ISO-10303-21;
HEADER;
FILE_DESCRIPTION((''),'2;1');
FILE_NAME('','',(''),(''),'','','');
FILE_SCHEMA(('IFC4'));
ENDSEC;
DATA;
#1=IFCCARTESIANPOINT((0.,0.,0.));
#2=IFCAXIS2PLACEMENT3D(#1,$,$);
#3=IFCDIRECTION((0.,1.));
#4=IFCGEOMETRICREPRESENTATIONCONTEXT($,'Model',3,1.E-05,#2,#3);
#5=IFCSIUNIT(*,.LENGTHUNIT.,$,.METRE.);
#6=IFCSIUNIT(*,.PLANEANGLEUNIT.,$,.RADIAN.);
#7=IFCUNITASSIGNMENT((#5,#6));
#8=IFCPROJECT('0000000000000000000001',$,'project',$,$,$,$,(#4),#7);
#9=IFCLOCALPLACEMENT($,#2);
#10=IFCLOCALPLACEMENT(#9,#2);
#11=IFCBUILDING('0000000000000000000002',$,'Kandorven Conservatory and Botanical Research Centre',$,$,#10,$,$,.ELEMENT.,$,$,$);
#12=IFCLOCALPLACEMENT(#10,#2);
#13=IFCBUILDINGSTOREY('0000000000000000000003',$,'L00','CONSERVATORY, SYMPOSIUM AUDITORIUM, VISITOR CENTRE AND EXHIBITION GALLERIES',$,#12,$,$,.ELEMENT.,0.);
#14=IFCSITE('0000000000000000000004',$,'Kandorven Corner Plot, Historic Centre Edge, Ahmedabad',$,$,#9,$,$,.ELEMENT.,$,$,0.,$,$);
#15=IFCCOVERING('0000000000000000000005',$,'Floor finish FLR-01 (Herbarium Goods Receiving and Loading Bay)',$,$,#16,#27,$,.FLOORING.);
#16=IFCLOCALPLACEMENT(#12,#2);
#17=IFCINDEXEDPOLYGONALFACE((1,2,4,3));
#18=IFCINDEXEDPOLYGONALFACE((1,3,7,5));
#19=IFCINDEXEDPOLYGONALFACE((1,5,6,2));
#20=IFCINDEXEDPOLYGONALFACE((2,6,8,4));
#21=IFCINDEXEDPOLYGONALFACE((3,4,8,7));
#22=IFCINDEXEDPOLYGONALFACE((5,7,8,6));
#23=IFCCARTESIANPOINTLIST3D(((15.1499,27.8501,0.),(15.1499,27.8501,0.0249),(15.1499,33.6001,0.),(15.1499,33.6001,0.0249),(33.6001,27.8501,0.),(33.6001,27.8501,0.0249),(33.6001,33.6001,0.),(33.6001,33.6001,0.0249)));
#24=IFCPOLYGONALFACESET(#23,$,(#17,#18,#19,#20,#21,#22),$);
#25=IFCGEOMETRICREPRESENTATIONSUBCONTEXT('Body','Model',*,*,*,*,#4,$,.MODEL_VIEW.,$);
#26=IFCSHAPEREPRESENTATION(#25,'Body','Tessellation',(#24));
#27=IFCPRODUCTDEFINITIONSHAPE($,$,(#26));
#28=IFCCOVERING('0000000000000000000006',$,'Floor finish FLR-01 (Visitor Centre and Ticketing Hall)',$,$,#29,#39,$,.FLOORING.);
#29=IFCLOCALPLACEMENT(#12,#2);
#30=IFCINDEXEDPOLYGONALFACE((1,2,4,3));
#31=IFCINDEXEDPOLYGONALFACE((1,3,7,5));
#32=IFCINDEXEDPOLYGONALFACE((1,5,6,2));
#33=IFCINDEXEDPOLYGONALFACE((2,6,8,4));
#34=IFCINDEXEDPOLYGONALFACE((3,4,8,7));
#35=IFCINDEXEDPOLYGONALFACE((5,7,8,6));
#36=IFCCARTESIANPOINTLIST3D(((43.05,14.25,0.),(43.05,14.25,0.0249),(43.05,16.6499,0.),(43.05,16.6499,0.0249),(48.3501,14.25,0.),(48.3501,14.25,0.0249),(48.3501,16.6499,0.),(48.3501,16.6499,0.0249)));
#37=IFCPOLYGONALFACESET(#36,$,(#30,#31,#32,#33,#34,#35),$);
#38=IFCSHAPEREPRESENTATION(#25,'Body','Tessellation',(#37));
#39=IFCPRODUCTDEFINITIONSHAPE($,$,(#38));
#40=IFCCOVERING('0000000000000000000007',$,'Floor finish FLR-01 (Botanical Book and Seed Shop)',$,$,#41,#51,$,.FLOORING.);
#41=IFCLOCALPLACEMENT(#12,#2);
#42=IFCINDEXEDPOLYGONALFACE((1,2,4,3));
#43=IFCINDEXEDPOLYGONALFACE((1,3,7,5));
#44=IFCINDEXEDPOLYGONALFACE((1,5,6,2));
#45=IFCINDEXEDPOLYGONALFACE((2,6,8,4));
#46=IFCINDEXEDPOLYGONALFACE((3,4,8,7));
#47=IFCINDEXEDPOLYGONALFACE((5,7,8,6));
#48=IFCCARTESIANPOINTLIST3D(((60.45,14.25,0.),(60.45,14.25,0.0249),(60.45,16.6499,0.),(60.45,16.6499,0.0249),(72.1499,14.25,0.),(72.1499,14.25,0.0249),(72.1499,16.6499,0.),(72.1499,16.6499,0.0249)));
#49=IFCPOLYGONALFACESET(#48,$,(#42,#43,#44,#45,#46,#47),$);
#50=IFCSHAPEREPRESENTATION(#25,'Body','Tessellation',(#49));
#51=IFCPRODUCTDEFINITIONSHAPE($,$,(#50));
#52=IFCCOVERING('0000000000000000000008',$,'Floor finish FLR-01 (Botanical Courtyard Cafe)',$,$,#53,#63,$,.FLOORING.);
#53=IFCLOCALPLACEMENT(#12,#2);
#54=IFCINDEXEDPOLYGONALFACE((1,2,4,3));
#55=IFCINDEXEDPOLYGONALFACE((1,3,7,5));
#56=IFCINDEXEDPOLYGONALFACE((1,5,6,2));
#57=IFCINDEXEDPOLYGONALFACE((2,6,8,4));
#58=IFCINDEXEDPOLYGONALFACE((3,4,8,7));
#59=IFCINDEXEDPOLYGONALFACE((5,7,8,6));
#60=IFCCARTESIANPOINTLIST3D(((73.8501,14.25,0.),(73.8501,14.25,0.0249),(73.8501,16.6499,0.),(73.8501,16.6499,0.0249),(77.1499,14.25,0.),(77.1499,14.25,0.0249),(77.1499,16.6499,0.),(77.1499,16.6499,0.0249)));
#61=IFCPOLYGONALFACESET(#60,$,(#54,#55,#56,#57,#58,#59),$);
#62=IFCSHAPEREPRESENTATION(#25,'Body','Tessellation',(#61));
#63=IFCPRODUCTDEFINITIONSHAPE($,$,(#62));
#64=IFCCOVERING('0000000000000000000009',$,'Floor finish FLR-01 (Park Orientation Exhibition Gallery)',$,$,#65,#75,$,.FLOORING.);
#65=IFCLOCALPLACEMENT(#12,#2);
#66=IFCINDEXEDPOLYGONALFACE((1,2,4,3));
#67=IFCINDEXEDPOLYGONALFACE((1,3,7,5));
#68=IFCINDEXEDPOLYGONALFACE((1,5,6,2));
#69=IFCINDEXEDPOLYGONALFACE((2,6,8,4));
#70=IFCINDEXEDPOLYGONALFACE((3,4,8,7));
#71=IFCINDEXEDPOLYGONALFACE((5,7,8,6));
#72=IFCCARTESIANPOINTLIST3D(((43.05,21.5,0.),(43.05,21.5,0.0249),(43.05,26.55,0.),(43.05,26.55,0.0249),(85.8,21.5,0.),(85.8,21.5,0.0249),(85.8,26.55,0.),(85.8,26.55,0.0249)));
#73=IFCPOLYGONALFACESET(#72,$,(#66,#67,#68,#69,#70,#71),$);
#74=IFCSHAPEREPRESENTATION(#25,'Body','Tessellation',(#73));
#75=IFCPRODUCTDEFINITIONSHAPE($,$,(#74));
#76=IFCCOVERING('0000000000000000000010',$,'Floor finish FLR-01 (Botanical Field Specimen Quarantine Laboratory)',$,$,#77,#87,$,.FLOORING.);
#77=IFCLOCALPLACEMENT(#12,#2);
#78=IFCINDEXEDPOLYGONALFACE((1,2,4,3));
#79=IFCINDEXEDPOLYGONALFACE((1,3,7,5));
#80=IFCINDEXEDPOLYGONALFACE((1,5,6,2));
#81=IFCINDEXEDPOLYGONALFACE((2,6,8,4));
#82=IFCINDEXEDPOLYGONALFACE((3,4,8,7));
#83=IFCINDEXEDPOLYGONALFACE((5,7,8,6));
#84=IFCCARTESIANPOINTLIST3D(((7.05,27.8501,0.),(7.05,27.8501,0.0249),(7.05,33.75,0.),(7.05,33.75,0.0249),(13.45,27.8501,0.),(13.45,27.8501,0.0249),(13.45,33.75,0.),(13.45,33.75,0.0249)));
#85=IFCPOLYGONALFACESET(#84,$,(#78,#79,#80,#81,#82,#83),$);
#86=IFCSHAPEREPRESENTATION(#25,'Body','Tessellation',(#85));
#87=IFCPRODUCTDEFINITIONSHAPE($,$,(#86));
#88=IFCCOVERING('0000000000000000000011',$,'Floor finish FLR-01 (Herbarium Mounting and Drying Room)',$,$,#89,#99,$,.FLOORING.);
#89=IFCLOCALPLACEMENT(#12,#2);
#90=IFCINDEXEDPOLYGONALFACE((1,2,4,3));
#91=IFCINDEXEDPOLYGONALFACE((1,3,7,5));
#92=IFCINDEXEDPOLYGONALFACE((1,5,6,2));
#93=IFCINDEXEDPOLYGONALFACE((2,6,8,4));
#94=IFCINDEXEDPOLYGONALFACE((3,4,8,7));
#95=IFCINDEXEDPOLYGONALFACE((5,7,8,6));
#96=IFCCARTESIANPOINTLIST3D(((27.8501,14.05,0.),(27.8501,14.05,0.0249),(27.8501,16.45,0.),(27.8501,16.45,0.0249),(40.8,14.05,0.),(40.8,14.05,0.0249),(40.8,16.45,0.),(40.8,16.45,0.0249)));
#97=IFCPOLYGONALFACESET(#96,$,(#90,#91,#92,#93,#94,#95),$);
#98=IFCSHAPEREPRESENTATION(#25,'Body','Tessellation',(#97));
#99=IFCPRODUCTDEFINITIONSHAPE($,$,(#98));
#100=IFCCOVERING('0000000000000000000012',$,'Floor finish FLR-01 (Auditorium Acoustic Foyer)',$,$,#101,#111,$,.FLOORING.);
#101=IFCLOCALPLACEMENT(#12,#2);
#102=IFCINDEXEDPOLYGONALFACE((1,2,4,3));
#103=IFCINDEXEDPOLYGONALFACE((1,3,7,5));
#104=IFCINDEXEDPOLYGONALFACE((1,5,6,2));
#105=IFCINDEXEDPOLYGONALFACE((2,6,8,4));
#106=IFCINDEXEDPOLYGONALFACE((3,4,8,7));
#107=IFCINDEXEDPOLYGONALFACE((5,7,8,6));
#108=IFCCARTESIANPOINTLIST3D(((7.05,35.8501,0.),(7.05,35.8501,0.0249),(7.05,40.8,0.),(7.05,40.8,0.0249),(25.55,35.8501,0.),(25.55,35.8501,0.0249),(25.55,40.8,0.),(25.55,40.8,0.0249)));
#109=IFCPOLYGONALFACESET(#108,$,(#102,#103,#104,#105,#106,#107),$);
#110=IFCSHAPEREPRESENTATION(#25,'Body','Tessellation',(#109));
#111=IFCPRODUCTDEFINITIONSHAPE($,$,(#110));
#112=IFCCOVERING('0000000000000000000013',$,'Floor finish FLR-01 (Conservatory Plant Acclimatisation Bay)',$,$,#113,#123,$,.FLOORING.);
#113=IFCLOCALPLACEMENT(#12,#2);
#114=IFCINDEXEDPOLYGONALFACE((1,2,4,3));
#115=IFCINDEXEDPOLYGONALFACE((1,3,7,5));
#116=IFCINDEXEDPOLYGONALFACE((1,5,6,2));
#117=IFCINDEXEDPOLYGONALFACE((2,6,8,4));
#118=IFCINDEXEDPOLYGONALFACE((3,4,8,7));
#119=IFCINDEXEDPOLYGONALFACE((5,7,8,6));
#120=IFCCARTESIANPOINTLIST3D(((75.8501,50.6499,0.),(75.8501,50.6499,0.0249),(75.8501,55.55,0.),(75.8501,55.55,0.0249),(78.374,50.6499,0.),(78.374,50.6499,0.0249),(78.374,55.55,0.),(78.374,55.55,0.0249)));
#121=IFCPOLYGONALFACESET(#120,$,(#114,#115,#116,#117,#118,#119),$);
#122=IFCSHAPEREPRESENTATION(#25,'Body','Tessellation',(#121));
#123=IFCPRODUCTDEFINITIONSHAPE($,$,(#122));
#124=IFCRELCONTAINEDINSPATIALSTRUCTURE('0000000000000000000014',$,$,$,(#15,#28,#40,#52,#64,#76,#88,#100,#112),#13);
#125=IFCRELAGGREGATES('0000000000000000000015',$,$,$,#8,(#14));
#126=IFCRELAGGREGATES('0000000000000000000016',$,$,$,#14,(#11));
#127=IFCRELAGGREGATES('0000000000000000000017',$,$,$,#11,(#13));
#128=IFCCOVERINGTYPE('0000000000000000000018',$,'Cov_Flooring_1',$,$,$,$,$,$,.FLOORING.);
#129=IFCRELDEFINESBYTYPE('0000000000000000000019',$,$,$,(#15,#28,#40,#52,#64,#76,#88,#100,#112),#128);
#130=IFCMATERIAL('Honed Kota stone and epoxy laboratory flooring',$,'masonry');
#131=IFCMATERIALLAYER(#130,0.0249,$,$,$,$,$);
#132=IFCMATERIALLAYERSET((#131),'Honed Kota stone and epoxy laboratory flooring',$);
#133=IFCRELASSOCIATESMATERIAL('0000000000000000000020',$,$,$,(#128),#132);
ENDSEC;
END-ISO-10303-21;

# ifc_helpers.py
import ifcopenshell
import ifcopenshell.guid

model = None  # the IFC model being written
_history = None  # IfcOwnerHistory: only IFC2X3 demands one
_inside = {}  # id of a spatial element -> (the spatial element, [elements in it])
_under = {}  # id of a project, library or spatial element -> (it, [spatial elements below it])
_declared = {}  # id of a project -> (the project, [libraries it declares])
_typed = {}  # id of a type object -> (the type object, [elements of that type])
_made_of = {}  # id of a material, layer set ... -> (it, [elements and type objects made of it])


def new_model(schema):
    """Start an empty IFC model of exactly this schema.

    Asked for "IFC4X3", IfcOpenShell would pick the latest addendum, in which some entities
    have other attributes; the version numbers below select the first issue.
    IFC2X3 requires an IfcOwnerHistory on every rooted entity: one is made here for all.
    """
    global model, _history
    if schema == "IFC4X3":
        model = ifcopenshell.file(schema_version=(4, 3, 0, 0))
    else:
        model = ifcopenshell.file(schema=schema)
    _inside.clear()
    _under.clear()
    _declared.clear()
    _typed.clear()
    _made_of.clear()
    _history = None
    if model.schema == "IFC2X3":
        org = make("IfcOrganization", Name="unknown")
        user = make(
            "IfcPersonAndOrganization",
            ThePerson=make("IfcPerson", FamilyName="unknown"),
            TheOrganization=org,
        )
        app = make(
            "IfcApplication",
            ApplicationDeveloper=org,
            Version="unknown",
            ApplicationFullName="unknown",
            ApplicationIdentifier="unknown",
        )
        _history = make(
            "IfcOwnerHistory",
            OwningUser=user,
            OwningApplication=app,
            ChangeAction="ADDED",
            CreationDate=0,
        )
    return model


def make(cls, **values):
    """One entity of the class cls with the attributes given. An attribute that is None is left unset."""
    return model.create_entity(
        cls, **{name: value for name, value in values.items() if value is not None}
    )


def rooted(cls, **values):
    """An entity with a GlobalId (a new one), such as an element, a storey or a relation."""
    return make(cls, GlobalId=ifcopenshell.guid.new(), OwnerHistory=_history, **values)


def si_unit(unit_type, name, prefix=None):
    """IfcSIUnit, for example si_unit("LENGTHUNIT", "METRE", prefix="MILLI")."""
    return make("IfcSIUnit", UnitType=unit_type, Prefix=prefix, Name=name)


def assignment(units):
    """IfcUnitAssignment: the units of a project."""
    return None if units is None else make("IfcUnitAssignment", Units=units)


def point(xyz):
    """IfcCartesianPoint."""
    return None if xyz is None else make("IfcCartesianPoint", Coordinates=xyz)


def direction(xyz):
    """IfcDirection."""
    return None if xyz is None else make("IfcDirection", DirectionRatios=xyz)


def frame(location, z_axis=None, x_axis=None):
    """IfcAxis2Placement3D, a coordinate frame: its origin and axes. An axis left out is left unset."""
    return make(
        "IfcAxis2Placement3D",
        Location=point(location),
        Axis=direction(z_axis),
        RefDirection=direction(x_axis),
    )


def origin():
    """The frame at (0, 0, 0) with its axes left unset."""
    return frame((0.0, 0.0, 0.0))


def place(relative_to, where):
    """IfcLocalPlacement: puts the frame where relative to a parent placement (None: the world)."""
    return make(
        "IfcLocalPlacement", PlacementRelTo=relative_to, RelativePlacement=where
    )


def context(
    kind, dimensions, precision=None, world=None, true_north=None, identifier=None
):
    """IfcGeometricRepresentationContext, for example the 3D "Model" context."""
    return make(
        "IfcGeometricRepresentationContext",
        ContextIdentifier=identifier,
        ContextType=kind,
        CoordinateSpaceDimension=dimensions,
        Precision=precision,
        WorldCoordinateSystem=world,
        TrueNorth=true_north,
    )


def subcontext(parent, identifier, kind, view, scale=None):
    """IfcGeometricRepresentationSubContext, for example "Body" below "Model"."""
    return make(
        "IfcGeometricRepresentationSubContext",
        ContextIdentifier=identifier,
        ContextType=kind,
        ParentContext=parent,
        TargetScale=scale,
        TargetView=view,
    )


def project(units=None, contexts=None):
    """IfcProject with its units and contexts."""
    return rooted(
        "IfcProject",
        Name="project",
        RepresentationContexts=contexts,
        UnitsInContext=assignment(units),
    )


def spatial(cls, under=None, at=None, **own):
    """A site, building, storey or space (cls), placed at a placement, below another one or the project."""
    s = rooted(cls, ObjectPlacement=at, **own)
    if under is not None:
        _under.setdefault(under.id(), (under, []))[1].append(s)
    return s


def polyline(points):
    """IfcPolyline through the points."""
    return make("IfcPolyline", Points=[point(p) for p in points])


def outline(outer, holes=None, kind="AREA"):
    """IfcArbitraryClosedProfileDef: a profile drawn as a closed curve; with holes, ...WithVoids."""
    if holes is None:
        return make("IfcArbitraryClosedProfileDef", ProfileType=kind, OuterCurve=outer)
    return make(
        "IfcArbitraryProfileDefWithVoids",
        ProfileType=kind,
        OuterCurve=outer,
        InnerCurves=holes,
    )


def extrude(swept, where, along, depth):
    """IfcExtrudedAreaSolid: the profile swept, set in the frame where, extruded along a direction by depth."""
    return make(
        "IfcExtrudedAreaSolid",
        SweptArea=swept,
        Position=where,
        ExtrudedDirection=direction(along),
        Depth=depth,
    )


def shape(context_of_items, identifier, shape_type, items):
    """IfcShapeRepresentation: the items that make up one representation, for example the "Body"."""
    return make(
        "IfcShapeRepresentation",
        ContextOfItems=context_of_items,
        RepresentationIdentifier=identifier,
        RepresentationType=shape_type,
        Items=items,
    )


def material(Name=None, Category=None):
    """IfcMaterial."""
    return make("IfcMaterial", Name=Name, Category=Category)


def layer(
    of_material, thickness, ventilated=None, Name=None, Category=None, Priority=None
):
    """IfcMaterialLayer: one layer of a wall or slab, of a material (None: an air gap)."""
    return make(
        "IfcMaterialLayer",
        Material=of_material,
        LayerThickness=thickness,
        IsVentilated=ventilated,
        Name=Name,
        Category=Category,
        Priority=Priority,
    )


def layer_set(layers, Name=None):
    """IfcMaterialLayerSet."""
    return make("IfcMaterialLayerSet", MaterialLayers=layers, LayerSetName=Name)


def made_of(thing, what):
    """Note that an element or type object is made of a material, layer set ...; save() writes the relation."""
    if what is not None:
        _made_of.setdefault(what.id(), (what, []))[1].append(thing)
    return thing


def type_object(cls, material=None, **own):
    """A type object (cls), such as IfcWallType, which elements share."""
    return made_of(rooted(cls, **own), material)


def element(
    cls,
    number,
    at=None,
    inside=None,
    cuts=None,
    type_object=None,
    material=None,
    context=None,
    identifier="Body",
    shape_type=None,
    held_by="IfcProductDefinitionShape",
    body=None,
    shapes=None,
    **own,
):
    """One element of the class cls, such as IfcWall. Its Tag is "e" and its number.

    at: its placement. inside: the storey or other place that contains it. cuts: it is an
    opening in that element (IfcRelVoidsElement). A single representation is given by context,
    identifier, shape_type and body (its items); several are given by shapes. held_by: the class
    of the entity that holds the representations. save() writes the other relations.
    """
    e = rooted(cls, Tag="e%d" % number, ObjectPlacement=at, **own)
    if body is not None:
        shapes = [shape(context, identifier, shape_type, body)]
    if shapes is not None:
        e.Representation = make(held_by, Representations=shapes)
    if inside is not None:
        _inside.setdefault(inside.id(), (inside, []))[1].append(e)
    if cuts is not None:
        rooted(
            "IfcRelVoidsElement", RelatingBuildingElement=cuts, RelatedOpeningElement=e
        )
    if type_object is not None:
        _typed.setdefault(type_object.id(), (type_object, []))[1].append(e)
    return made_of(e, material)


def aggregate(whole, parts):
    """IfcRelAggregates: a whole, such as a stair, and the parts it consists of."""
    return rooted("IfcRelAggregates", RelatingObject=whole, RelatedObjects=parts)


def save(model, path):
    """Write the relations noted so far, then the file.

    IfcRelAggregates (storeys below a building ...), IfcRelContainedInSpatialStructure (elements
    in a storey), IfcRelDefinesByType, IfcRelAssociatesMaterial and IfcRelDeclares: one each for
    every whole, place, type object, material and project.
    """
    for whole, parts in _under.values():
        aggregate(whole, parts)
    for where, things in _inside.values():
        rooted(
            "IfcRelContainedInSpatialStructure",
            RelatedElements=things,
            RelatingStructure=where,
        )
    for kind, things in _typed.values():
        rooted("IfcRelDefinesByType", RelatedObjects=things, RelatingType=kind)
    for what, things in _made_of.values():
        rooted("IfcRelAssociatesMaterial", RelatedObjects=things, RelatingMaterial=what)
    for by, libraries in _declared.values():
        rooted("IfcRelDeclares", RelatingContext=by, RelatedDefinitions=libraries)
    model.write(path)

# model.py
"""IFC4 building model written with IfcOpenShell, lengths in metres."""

from ifc_helpers import new_model, si_unit, direction, origin, place, context, subcontext, project, spatial, polyline, outline, extrude, material, layer, layer_set, type_object, element, save


model = new_model("IFC4")

# Units and contexts
model_context = context("Model", 3, precision=1e-05, world=origin(), true_north=direction((0.0, 1.0)))
body_context = subcontext(model_context, "Body", "Model", "MODEL_VIEW")
ifc_project = project(units=[si_unit("LENGTHUNIT", "METRE"), si_unit("PLANEANGLEUNIT", "RADIAN")], contexts=[model_context])

# Site, building, storey
site_placement = place(None, origin())
site = spatial("IfcSite", under=ifc_project, at=site_placement, Name="Kandorven Corner Plot, Historic Centre Edge, Ahmedabad", CompositionType="ELEMENT", RefElevation=0.0)
building_placement = place(site_placement, origin())
building = spatial("IfcBuilding", under=site, at=building_placement, Name="Kandorven Conservatory and Botanical Research Centre", CompositionType="ELEMENT")
storey_placement = place(building_placement, origin())
storey = spatial("IfcBuildingStorey", under=building, at=storey_placement, Name="L00", Description="CONSERVATORY, SYMPOSIUM AUDITORIUM, VISITOR CENTRE AND EXHIBITION GALLERIES", CompositionType="ELEMENT", Elevation=0.0)

# Coverings
ifc_material_1 = material(Name="Honed Kota stone and epoxy laboratory flooring", Category="masonry")
ifc_layer_1 = layer(ifc_material_1, 0.0249)
ifc_layer_set_1 = layer_set([ifc_layer_1], Name="Honed Kota stone and epoxy laboratory flooring")
covering_type_1 = type_object("IfcCoveringType", Name="Cov_Flooring_1", PredefinedType="FLOORING", material=ifc_layer_set_1)
covering_1_placement = place(storey_placement, origin())
element("IfcCovering", 1, at=covering_1_placement, inside=storey, type_object=covering_type_1, Name="Floor finish FLR-01 (Herbarium Goods Receiving and Loading Bay)", PredefinedType="FLOORING", context=body_context, shape_type="SweptSolid", body=[
    extrude(outline(polyline([(15.1499, 27.8501), (33.6001, 27.8501), (33.6001, 33.6001), (15.1499, 33.6001), (15.1499, 27.8501)])), origin(), (0.0, 0.0, 1.0), 0.0249),
])
covering_2_placement = place(storey_placement, origin())
element("IfcCovering", 2, at=covering_2_placement, inside=storey, type_object=covering_type_1, Name="Floor finish FLR-01 (Visitor Centre and Ticketing Hall)", PredefinedType="FLOORING", context=body_context, shape_type="SweptSolid", body=[
    extrude(outline(polyline([(43.05, 14.25), (48.3501, 14.25), (48.3501, 16.6499), (43.05, 16.6499), (43.05, 14.25)])), origin(), (0.0, 0.0, 1.0), 0.0249),
])
covering_3_placement = place(storey_placement, origin())
element("IfcCovering", 3, at=covering_3_placement, inside=storey, type_object=covering_type_1, Name="Floor finish FLR-01 (Botanical Book and Seed Shop)", PredefinedType="FLOORING", context=body_context, shape_type="SweptSolid", body=[
    extrude(outline(polyline([(60.45, 14.25), (72.1499, 14.25), (72.1499, 16.6499), (60.45, 16.6499), (60.45, 14.25)])), origin(), (0.0, 0.0, 1.0), 0.0249),
])
covering_4_placement = place(storey_placement, origin())
element("IfcCovering", 4, at=covering_4_placement, inside=storey, type_object=covering_type_1, Name="Floor finish FLR-01 (Botanical Courtyard Cafe)", PredefinedType="FLOORING", context=body_context, shape_type="SweptSolid", body=[
    extrude(outline(polyline([(73.8501, 14.25), (77.1499, 14.25), (77.1499, 16.6499), (73.8501, 16.6499), (73.8501, 14.25)])), origin(), (0.0, 0.0, 1.0), 0.0249),
])
covering_5_placement = place(storey_placement, origin())
element("IfcCovering", 5, at=covering_5_placement, inside=storey, type_object=covering_type_1, Name="Floor finish FLR-01 (Park Orientation Exhibition Gallery)", PredefinedType="FLOORING", context=body_context, shape_type="SweptSolid", body=[
    extrude(outline(polyline([(43.05, 21.5), (85.8, 21.5), (85.8, 26.55), (43.05, 26.55), (43.05, 21.5)])), origin(), (0.0, 0.0, 1.0), 0.0249),
])
covering_6_placement = place(storey_placement, origin())
element("IfcCovering", 6, at=covering_6_placement, inside=storey, type_object=covering_type_1, Name="Floor finish FLR-01 (Botanical Field Specimen Quarantine Laboratory)", PredefinedType="FLOORING", context=body_context, shape_type="SweptSolid", body=[
    extrude(outline(polyline([(7.05, 27.8501), (13.45, 27.8501), (13.45, 33.75), (7.05, 33.75), (7.05, 27.8501)])), origin(), (0.0, 0.0, 1.0), 0.0249),
])
covering_7_placement = place(storey_placement, origin())
element("IfcCovering", 7, at=covering_7_placement, inside=storey, type_object=covering_type_1, Name="Floor finish FLR-01 (Herbarium Mounting and Drying Room)", PredefinedType="FLOORING", context=body_context, shape_type="SweptSolid", body=[
    extrude(outline(polyline([(27.8501, 14.05), (40.8, 14.05), (40.8, 16.45), (27.8501, 16.45), (27.8501, 14.05)])), origin(), (0.0, 0.0, 1.0), 0.0249),
])
covering_8_placement = place(storey_placement, origin())
element("IfcCovering", 8, at=covering_8_placement, inside=storey, type_object=covering_type_1, Name="Floor finish FLR-01 (Auditorium Acoustic Foyer)", PredefinedType="FLOORING", context=body_context, shape_type="SweptSolid", body=[
    extrude(outline(polyline([(7.05, 35.8501), (25.55, 35.8501), (25.55, 40.8), (7.05, 40.8), (7.05, 35.8501)])), origin(), (0.0, 0.0, 1.0), 0.0249),
])
covering_9_placement = place(storey_placement, origin())
element("IfcCovering", 9, at=covering_9_placement, inside=storey, type_object=covering_type_1, Name="Floor finish FLR-01 (Conservatory Plant Acclimatisation Bay)", PredefinedType="FLOORING", context=body_context, shape_type="SweptSolid", body=[
    extrude(outline(polyline([(75.8501, 50.6499), (78.374, 50.6499), (78.374, 55.55), (75.8501, 55.55), (75.8501, 50.6499)])), origin(), (0.0, 0.0, 1.0), 0.0249),
])

save(model, "model.ifc")
